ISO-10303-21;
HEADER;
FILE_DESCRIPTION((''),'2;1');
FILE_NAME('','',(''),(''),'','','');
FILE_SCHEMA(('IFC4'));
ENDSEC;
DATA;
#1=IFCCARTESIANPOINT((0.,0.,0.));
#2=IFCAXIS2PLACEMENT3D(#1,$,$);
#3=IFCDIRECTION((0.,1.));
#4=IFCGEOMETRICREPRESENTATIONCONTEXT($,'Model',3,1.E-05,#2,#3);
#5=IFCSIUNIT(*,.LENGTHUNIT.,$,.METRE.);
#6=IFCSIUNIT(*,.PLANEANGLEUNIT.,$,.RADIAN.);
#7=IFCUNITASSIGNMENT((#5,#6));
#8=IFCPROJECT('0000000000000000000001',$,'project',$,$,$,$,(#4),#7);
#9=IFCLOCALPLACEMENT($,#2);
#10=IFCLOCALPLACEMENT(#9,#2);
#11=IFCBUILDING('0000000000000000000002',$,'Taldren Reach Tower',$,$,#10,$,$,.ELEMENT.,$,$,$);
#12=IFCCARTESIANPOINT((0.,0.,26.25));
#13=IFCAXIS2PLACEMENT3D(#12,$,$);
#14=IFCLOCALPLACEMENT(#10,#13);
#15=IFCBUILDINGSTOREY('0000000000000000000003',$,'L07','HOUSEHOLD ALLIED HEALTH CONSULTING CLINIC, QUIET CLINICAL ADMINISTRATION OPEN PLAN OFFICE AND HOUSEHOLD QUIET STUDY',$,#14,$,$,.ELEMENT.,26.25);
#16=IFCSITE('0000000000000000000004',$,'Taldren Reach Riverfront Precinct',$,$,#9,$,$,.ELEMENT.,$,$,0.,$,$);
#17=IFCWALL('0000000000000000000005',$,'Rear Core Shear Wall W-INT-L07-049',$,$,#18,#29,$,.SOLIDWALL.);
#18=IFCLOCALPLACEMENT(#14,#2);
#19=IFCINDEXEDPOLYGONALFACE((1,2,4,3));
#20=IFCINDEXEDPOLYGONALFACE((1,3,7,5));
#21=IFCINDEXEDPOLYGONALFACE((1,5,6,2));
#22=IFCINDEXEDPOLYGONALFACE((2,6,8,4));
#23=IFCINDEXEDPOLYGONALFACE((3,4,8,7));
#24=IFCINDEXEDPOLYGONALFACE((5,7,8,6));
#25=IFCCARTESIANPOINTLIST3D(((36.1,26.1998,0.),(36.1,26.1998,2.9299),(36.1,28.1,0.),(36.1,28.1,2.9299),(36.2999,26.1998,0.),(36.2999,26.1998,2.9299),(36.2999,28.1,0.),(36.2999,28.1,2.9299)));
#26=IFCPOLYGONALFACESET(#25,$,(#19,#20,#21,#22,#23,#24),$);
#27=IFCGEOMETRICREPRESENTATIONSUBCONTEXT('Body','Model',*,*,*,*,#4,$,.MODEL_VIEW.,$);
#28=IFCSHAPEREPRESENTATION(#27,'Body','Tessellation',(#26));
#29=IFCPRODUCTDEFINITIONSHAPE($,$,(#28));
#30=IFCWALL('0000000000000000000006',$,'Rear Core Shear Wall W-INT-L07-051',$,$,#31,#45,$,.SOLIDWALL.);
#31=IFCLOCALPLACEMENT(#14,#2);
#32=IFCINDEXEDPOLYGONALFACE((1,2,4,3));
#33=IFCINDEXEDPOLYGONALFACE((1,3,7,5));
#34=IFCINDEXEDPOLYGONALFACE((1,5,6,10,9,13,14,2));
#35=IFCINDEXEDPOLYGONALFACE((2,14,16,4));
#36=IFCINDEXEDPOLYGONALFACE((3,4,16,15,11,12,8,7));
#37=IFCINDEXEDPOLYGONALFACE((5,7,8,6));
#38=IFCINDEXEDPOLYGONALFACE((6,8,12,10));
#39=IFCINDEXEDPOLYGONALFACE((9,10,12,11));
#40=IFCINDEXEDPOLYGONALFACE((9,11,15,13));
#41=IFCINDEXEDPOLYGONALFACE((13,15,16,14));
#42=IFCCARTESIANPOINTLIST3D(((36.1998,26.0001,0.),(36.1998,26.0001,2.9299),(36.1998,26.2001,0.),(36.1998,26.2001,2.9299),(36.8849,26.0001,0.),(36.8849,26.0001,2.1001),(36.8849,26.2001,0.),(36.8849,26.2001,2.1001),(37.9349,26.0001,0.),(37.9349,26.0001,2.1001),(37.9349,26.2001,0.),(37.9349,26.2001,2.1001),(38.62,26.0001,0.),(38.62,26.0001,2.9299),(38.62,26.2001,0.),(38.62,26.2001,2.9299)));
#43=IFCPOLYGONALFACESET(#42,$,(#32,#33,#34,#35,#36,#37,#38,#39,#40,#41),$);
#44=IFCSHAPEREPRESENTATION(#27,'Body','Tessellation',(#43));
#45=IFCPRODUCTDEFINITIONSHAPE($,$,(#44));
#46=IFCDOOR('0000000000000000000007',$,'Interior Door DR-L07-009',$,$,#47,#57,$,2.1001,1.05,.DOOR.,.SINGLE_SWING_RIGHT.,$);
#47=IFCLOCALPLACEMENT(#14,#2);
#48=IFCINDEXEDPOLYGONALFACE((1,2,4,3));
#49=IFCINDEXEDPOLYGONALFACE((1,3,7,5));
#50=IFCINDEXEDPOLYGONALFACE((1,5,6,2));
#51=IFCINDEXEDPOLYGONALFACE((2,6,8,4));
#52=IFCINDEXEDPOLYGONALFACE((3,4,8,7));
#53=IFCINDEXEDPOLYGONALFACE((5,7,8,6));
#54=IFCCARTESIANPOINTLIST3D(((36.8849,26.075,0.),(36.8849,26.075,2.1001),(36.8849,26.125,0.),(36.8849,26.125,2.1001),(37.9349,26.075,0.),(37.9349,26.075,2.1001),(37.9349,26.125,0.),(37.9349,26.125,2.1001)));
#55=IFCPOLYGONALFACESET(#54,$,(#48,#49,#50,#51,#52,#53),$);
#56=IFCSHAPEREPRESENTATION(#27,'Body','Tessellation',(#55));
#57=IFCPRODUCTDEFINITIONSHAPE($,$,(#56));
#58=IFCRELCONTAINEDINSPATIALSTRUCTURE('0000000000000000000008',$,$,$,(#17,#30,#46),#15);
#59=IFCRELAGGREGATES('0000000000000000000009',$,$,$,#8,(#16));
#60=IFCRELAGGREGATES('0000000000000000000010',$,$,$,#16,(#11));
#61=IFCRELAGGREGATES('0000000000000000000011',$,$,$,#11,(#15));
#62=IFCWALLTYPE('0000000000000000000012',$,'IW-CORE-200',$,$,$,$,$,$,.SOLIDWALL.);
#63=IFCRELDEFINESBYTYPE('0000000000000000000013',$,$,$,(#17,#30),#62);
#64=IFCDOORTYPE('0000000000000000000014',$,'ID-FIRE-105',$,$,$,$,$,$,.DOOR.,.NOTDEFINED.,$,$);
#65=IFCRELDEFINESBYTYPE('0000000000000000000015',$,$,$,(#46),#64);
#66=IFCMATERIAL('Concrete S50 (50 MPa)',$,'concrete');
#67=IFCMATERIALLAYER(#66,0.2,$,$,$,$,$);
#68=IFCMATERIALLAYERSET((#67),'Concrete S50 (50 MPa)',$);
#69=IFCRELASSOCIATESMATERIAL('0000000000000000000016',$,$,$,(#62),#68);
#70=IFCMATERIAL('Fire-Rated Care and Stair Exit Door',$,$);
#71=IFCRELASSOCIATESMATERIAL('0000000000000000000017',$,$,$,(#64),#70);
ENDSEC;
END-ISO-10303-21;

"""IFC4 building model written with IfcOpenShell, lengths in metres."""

from ifc_helpers import new_model, si_unit, direction, frame, frame_2d, origin, place, context, subcontext, project, spatial, rectangle, extrude, source, transform, mapped, material, layer, layer_set, type_object, element, fill, save


model = new_model("IFC4")

# Units and contexts
model_context = context("Model", 3, precision=1e-05, world=origin(), true_north=direction((0.0, 1.0)))
body_context = subcontext(model_context, "Body", "Model", "MODEL_VIEW")
ifc_project = project(units=[si_unit("LENGTHUNIT", "METRE"), si_unit("PLANEANGLEUNIT", "RADIAN")], contexts=[model_context])

# Site, building, storey
site_placement = place(None, origin())
site = spatial("IfcSite", under=ifc_project, at=site_placement, Name="Taldren Reach Riverfront Precinct", CompositionType="ELEMENT", RefElevation=0.0)
building_placement = place(site_placement, origin())
building = spatial("IfcBuilding", under=site, at=building_placement, Name="Taldren Reach Tower", CompositionType="ELEMENT")
storey_placement = place(building_placement, frame((0.0, 0.0, 26.25)))
storey = spatial("IfcBuildingStorey", under=building, at=storey_placement, Name="L07", Description="HOUSEHOLD ALLIED HEALTH CONSULTING CLINIC, QUIET CLINICAL ADMINISTRATION OPEN PLAN OFFICE AND HOUSEHOLD QUIET STUDY", CompositionType="ELEMENT", Elevation=26.25)

# Shared definitions
ifc_material_1 = material(Name="Concrete S50 (50 MPa)", Category="concrete")
ifc_layer_1 = layer(ifc_material_1, 0.2)
ifc_layer_set_1 = layer_set([ifc_layer_1], Name="Concrete S50 (50 MPa)")
wall_type_1 = type_object("IfcWallType", Name="IW-CORE-200", PredefinedType="SOLIDWALL", material=ifc_layer_set_1)

# Shared definitions
shared_shape_1 = source(origin(), body_context, "Body", "SweptSolid", [
    extrude(rectangle(XDim=1.05, YDim=2.1001, at=frame_2d((0.5249, 1.05))), frame((0.0, 0.1099, 0.0), z_axis=(0.0, -1.0, 0.0), x_axis=(1.0, 0.0, 0.0)), (0.0, 0.0, 1.0), 0.22),
])
ifc_material_2 = material(Name="Fire-Rated Care and Stair Exit Door")
door_type_1 = type_object("IfcDoorType", Name="ID-FIRE-105", OperationType="NOTDEFINED", PredefinedType="DOOR", material=ifc_material_2)
shared_shape_2 = source(origin(), body_context, "Body", "SweptSolid", [
    extrude(rectangle(XDim=1.05, YDim=2.1001, at=frame_2d((0.5249, 1.05))), frame((0.0, 0.0249, 0.0), z_axis=(0.0, -1.0, 0.0), x_axis=(1.0, 0.0, 0.0)), (0.0, 0.0, 1.0), 0.05),
])

# Wall
shared_shape_3 = source(origin(), body_context, "Body", "SweptSolid", [
    extrude(rectangle(XDim=1.9001, YDim=0.2, at=frame_2d((0.9502, 0.0))), origin(), (0.0, 0.0, 1.0), 2.9299),
])
wall_1_placement = place(storey_placement, frame((36.2, 28.1001, 0.0), z_axis=(0.0, 0.0, 1.0), x_axis=(0.0, -1.0, 0.0)))
element("IfcWall", 1, at=wall_1_placement, inside=storey, type_object=wall_type_1, Name="Rear Core Shear Wall W-INT-L07-049", PredefinedType="SOLIDWALL", context=body_context, shape_type="MappedRepresentation", body=[
    mapped(shared_shape_3, transform((0.0, 0.0, 0.0), scale=1.0)),
])

# Wall, opening, door
shared_shape_4 = source(origin(), body_context, "Body", "SweptSolid", [
    extrude(rectangle(XDim=2.4202, YDim=0.2, at=frame_2d((1.21, 0.0))), origin(), (0.0, 0.0, 1.0), 2.9299),
])
wall_2_placement = place(storey_placement, frame((36.2, 26.1001, 0.0), z_axis=(0.0, 0.0, 1.0), x_axis=(1.0, 0.0, 0.0)))
wall_2 = element("IfcWall", 2, at=wall_2_placement, inside=storey, type_object=wall_type_1, Name="Rear Core Shear Wall W-INT-L07-051", PredefinedType="SOLIDWALL", context=body_context, shape_type="MappedRepresentation", body=[
    mapped(shared_shape_4, transform((0.0, 0.0, 0.0), scale=1.0)),
])
opening_1_placement = place(wall_2_placement, frame((0.6851, 0.0, 0.0)))
opening_1 = element("IfcOpeningElement", 3, at=opening_1_placement, cuts=wall_2, PredefinedType="OPENING", context=body_context, shape_type="MappedRepresentation", body=[
    mapped(shared_shape_1, transform((0.0, 0.0, 0.0), scale=1.0)),
])
door_1_placement = place(opening_1_placement, origin())
door_1 = element("IfcDoor", 4, at=door_1_placement, inside=storey, type_object=door_type_1, Name="Interior Door DR-L07-009", OperationType="SINGLE_SWING_RIGHT", OverallHeight=2.1001, OverallWidth=1.05, PredefinedType="DOOR", context=body_context, shape_type="MappedRepresentation", body=[
    mapped(shared_shape_2, transform((0.0, 0.0, 0.0), scale=1.0)),
])
fill(opening_1, door_1)

save(model, "model.ifc")
